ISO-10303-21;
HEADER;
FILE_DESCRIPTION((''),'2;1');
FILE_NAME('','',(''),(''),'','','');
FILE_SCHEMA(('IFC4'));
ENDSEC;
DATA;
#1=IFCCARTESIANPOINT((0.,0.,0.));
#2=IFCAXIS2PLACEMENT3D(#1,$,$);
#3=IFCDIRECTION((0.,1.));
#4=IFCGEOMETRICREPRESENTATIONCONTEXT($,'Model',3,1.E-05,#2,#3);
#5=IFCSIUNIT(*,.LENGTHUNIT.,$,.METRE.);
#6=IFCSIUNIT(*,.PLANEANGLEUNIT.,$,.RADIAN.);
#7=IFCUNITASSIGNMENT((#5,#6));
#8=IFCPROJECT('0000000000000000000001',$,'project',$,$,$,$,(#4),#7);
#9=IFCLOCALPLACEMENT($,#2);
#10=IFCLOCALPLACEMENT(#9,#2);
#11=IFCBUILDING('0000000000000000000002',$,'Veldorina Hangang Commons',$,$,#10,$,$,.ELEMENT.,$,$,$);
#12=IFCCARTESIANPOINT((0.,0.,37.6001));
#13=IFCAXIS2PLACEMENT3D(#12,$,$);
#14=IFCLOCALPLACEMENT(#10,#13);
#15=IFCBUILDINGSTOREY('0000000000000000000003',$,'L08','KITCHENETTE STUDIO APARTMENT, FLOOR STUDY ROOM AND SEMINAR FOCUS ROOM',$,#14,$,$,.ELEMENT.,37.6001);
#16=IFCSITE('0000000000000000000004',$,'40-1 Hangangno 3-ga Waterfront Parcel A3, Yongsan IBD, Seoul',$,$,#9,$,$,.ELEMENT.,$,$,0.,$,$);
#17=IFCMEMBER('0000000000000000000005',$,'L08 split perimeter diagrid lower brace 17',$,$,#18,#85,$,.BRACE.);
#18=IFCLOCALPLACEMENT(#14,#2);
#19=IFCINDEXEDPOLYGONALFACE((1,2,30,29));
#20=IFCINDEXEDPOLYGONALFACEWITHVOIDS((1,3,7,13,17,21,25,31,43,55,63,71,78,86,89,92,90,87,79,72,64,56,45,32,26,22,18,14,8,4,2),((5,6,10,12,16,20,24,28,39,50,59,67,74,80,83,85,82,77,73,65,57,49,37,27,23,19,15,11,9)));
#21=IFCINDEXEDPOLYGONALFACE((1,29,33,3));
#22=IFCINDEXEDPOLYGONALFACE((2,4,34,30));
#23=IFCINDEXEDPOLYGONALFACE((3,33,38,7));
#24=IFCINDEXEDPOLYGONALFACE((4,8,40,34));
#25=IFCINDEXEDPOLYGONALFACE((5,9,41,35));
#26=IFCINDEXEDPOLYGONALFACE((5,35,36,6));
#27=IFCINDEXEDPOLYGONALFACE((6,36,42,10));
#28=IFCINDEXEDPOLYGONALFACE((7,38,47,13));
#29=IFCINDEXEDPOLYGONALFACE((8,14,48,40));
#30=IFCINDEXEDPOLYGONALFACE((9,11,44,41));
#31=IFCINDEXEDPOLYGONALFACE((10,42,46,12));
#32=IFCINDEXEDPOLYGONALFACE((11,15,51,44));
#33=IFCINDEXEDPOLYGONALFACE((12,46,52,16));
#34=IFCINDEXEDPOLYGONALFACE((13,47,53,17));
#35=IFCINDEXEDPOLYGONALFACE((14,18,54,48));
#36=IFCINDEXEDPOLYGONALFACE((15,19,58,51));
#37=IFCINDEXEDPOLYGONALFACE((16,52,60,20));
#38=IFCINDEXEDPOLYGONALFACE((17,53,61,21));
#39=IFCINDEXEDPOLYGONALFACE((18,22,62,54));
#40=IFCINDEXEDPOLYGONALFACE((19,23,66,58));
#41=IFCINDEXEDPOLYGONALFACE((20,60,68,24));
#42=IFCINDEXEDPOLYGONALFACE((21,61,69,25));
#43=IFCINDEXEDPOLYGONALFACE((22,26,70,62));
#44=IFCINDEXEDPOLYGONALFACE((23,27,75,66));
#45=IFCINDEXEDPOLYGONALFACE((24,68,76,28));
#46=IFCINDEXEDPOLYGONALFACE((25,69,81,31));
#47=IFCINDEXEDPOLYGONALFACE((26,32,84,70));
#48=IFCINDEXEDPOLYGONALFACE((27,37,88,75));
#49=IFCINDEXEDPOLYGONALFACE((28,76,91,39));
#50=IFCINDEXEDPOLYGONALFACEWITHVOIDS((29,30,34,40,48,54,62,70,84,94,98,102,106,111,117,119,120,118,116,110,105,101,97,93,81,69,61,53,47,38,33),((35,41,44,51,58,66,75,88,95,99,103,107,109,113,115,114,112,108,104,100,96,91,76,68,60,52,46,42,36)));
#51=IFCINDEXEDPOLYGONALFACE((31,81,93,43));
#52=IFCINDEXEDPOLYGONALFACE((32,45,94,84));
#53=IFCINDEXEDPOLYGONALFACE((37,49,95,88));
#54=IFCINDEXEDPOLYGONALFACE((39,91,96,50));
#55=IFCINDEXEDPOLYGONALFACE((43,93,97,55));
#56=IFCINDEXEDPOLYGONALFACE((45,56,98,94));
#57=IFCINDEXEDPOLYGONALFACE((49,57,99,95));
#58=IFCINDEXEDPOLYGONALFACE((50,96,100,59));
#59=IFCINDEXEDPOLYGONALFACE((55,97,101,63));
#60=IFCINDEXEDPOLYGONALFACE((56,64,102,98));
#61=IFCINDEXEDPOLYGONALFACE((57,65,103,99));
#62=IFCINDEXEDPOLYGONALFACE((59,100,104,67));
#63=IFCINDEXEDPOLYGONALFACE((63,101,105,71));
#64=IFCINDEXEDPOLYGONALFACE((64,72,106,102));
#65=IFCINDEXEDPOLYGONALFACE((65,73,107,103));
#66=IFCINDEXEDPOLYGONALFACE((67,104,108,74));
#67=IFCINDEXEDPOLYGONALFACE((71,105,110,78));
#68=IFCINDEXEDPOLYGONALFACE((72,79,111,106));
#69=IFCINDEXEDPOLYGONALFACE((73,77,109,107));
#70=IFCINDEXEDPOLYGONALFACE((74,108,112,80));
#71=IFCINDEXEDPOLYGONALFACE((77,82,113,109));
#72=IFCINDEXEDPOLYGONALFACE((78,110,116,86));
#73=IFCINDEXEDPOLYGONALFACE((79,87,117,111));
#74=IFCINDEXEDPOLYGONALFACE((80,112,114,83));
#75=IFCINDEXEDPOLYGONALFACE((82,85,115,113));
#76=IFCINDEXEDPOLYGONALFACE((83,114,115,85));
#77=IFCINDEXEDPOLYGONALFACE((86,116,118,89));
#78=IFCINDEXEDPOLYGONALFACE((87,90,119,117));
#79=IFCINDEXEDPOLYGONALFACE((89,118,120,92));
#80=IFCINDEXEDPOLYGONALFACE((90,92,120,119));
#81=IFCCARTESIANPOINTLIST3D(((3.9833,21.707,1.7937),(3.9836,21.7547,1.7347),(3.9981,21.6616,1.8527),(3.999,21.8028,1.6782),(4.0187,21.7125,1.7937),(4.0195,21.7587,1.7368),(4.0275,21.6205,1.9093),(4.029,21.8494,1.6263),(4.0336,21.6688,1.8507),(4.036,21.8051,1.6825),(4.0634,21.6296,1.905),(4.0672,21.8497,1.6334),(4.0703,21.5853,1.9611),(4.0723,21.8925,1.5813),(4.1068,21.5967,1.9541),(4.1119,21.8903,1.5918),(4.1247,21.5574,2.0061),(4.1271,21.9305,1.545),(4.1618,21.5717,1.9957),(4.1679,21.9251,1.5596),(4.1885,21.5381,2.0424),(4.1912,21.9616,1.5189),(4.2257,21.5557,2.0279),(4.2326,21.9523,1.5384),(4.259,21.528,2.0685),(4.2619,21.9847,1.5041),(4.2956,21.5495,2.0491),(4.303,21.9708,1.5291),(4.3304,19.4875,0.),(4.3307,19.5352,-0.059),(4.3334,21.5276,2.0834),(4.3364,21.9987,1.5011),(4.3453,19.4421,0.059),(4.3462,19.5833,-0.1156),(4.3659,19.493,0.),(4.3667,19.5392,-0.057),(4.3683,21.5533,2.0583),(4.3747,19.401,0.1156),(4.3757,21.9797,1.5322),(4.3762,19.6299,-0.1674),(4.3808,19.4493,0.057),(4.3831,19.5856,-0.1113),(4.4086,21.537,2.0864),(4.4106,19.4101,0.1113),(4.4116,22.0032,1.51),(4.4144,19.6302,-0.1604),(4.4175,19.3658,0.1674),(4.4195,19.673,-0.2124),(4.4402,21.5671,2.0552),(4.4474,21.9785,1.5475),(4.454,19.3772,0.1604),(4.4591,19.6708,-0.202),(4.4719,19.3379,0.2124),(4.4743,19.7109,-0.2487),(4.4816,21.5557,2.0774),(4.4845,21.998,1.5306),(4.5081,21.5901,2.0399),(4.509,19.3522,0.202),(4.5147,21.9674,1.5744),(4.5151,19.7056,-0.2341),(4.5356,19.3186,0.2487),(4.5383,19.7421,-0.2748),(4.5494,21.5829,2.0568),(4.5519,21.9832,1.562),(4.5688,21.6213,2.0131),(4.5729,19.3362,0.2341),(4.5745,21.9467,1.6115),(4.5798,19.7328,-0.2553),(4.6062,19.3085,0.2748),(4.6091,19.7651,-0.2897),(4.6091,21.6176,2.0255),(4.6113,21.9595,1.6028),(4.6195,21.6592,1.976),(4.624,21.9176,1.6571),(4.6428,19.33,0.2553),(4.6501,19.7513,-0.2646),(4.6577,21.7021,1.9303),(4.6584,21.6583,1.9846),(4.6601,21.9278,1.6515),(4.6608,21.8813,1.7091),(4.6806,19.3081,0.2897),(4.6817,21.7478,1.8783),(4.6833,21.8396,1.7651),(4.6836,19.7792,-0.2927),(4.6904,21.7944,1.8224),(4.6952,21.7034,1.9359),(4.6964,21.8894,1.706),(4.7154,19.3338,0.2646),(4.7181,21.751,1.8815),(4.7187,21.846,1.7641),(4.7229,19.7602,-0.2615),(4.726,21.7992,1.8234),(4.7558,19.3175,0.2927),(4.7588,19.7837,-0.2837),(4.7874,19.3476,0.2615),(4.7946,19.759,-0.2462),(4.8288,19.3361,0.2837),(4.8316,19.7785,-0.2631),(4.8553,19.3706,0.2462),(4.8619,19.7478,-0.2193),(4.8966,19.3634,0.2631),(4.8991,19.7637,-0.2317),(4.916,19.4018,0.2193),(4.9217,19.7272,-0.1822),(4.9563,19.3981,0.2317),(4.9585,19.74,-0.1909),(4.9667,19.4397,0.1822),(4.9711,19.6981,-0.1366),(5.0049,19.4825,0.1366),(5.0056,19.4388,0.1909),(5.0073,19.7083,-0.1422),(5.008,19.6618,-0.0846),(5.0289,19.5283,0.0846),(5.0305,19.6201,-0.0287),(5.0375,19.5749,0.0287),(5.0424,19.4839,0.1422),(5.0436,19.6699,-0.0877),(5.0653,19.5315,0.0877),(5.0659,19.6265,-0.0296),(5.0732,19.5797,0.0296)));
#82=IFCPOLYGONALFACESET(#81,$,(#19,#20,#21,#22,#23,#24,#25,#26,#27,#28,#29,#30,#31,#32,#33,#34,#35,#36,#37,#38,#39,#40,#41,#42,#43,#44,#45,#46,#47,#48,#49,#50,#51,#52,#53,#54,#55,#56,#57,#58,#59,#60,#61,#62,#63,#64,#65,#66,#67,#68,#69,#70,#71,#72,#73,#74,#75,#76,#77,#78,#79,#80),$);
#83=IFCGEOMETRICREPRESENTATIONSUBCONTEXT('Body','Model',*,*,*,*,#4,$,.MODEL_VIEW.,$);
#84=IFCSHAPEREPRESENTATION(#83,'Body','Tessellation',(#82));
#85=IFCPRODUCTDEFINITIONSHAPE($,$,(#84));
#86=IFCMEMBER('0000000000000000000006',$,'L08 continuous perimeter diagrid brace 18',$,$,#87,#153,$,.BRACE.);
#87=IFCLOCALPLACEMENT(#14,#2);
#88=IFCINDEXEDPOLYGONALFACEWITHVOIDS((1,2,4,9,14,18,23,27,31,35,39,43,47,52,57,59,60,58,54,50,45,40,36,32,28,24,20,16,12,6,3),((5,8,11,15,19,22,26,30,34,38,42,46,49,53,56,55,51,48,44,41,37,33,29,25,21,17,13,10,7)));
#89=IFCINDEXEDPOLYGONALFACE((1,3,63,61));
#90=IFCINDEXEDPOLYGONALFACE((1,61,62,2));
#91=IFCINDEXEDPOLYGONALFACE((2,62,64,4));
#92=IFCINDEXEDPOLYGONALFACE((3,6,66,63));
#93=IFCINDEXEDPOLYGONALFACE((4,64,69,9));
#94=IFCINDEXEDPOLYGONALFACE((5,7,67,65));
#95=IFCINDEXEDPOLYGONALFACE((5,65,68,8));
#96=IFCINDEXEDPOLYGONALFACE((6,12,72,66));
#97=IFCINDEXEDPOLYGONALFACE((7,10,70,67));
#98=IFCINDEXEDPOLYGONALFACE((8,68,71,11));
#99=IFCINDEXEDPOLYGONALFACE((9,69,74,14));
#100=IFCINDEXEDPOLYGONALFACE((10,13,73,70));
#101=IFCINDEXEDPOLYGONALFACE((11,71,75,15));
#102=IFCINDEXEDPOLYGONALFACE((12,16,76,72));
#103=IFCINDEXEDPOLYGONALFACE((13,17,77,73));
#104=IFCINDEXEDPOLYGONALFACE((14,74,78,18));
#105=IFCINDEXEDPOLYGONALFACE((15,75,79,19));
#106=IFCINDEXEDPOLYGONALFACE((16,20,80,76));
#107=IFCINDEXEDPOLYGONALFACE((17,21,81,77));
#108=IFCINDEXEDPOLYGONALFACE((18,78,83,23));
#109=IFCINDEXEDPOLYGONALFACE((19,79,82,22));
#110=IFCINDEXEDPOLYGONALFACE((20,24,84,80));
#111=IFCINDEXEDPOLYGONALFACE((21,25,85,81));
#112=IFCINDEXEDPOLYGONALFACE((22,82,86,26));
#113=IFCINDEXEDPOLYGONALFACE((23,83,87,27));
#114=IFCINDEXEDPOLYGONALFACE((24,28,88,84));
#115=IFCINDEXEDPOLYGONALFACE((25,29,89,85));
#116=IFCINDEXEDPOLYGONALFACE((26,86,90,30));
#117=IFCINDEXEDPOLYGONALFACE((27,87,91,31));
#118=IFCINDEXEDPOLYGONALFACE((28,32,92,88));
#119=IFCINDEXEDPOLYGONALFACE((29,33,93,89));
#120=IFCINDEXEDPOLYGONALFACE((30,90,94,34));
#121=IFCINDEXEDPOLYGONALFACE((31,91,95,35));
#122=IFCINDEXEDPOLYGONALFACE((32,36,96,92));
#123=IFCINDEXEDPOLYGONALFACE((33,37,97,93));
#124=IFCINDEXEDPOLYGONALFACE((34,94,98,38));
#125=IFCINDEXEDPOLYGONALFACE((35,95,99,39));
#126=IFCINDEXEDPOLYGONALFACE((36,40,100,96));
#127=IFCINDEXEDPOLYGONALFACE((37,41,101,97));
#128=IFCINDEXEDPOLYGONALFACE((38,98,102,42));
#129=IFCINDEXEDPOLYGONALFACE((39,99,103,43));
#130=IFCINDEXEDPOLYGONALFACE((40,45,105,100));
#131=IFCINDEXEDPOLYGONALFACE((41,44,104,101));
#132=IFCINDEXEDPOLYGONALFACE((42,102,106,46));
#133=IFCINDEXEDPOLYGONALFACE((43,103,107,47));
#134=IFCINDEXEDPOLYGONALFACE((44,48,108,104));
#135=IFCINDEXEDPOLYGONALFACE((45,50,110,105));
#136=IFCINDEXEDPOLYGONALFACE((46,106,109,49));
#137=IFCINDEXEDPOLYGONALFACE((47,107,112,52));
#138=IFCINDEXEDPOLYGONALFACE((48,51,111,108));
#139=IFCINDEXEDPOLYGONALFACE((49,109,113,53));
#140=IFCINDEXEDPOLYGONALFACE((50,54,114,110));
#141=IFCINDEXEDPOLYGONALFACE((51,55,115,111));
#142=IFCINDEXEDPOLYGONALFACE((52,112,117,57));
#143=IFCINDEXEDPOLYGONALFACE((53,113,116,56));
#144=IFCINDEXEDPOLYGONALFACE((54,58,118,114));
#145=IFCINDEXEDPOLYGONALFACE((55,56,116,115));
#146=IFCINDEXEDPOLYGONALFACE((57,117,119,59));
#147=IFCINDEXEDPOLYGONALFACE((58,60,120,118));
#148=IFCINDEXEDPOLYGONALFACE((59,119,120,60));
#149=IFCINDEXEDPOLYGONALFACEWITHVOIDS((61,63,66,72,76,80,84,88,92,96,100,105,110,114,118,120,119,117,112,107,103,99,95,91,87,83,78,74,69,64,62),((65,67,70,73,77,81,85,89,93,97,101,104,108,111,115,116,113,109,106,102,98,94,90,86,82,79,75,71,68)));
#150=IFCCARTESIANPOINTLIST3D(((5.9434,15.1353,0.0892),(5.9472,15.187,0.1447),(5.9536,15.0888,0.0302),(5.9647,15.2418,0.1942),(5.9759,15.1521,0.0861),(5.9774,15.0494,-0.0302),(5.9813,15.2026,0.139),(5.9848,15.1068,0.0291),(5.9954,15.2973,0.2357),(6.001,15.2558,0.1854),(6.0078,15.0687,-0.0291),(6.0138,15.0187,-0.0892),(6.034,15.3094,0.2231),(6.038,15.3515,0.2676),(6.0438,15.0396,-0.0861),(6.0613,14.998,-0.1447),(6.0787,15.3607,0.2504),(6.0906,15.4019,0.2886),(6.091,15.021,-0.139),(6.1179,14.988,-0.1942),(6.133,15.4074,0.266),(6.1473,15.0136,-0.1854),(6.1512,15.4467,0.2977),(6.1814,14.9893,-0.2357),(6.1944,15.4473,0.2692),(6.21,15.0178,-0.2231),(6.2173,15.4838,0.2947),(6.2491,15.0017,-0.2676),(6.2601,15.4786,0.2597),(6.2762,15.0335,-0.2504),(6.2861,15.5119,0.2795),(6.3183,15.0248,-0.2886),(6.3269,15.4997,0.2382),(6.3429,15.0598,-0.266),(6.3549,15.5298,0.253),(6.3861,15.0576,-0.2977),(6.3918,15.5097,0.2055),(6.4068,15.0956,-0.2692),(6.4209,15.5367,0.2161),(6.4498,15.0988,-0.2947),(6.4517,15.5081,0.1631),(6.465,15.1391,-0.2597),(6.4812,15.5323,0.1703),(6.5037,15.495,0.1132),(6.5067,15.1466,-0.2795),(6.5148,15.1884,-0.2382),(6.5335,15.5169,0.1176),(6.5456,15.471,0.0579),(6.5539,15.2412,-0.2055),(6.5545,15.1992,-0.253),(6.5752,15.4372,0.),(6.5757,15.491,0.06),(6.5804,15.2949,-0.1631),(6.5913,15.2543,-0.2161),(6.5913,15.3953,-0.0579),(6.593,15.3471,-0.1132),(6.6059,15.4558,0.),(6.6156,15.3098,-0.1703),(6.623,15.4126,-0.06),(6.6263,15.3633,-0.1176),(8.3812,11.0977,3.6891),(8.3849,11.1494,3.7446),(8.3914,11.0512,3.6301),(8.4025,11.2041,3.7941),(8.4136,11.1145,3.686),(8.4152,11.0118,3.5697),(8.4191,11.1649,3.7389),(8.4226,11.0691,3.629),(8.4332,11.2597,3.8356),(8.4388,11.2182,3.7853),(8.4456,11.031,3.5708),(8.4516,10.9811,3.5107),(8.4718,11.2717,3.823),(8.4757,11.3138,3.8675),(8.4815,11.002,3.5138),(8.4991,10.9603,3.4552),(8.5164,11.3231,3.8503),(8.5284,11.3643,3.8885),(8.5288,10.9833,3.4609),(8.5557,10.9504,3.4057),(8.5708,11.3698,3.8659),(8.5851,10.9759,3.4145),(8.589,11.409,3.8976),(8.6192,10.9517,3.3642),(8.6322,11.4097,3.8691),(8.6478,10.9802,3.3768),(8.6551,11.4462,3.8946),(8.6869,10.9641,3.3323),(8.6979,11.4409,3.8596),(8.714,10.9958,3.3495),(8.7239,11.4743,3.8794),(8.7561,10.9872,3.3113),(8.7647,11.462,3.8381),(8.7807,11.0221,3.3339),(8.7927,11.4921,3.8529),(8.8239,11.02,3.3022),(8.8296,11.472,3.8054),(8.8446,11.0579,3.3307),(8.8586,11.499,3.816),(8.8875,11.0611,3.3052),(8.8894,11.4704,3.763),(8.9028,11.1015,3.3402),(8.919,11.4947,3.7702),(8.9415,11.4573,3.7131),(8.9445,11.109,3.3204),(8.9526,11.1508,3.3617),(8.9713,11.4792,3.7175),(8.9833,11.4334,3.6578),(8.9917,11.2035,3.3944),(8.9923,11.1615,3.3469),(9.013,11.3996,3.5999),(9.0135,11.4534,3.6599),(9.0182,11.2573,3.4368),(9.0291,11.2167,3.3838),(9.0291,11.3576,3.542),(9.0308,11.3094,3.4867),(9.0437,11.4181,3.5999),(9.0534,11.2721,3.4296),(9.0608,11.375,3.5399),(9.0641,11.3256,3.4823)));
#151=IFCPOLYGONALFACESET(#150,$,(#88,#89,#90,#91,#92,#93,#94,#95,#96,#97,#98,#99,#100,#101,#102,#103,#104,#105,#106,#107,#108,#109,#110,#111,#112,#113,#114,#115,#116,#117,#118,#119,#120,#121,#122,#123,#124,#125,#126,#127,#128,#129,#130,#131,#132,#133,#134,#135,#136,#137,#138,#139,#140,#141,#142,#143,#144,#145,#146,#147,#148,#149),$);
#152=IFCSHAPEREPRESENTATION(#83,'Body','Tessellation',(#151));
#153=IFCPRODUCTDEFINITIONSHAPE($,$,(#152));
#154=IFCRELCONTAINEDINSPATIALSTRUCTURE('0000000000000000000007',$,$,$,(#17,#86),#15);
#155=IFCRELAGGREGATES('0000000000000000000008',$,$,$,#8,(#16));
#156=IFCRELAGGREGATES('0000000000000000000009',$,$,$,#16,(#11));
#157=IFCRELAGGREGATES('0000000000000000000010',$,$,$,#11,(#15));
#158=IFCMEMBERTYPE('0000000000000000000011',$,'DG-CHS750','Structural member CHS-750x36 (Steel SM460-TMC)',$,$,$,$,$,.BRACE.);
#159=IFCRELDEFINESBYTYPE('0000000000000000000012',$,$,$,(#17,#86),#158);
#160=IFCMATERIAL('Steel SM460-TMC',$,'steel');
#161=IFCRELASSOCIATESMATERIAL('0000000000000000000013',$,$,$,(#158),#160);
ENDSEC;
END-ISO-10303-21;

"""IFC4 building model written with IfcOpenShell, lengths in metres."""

from ifc_helpers import new_model, si_unit, direction, frame, origin, origin_2d, place, context, subcontext, project, spatial, hollow_circle, extrude, material, material_profile, profile_set, type_object, element, save


model = new_model("IFC4")

# Units and contexts
model_context = context("Model", 3, precision=1e-05, world=origin(), true_north=direction((0.0, 1.0)))
body_context = subcontext(model_context, "Body", "Model", "MODEL_VIEW")
ifc_project = project(units=[si_unit("LENGTHUNIT", "METRE"), si_unit("PLANEANGLEUNIT", "RADIAN")], contexts=[model_context])

# Site, building, storey
site_placement = place(None, origin())
site = spatial("IfcSite", under=ifc_project, at=site_placement, Name="40-1 Hangangno 3-ga Waterfront Parcel A3, Yongsan IBD, Seoul", CompositionType="ELEMENT", RefElevation=0.0)
building_placement = place(site_placement, origin())
building = spatial("IfcBuilding", under=site, at=building_placement, Name="Veldorina Hangang Commons", CompositionType="ELEMENT")
storey_placement = place(building_placement, frame((0.0, 0.0, 37.6001)))
storey = spatial("IfcBuildingStorey", under=building, at=storey_placement, Name="L08", Description="KITCHENETTE STUDIO APARTMENT, FLOOR STUDY ROOM AND SEMINAR FOCUS ROOM", CompositionType="ELEMENT", Elevation=37.6001)

# Shared definitions
ifc_material_1 = material(Name="Steel SM460-TMC", Category="steel")

# Members
ifc_material_profile_1 = material_profile(ifc_material_1, hollow_circle(Radius=0.375, WallThickness=0.0359, at=origin_2d()), Name="CHS-750x36")
ifc_profile_set_1 = profile_set([ifc_material_profile_1], Name="Steel SM460-TMC")
member_type = type_object("IfcMemberType", Name="DG-CHS750", Description="Structural member CHS-750x36 (Steel SM460-TMC)", PredefinedType="BRACE", material=ifc_profile_set_1)
member_1_placement = place(storey_placement, frame((4.7009, 19.5454, 0.0), z_axis=(-0.120766, 0.77207, 0.623958), x_axis=(-0.987987, -0.154539, 0.0)))
element("IfcMember", 1, at=member_1_placement, inside=storey, type_object=member_type, Name="L08 split perimeter diagrid lower brace 17", PredefinedType="BRACE", context=body_context, shape_type="SweptSolid", body=[
    extrude(hollow_circle(Radius=0.375, WallThickness=0.0359, at=origin_2d()), origin(), (0.0, 0.0, 1.0), 2.8748),
])
member_2_placement = place(storey_placement, frame((6.2849, 15.262, 0.0), z_axis=(0.41086, -0.680501, 0.606723), x_axis=(0.856069, 0.516861, 0.0)))
element("IfcMember", 2, at=member_2_placement, inside=storey, type_object=member_type, Name="L08 continuous perimeter diagrid brace 18", PredefinedType="BRACE", context=body_context, shape_type="SweptSolid", body=[
    extrude(hollow_circle(Radius=0.375, WallThickness=0.0359, at=origin_2d()), origin(), (0.0, 0.0, 1.0), 5.9333),
])

save(model, "model.ifc")
